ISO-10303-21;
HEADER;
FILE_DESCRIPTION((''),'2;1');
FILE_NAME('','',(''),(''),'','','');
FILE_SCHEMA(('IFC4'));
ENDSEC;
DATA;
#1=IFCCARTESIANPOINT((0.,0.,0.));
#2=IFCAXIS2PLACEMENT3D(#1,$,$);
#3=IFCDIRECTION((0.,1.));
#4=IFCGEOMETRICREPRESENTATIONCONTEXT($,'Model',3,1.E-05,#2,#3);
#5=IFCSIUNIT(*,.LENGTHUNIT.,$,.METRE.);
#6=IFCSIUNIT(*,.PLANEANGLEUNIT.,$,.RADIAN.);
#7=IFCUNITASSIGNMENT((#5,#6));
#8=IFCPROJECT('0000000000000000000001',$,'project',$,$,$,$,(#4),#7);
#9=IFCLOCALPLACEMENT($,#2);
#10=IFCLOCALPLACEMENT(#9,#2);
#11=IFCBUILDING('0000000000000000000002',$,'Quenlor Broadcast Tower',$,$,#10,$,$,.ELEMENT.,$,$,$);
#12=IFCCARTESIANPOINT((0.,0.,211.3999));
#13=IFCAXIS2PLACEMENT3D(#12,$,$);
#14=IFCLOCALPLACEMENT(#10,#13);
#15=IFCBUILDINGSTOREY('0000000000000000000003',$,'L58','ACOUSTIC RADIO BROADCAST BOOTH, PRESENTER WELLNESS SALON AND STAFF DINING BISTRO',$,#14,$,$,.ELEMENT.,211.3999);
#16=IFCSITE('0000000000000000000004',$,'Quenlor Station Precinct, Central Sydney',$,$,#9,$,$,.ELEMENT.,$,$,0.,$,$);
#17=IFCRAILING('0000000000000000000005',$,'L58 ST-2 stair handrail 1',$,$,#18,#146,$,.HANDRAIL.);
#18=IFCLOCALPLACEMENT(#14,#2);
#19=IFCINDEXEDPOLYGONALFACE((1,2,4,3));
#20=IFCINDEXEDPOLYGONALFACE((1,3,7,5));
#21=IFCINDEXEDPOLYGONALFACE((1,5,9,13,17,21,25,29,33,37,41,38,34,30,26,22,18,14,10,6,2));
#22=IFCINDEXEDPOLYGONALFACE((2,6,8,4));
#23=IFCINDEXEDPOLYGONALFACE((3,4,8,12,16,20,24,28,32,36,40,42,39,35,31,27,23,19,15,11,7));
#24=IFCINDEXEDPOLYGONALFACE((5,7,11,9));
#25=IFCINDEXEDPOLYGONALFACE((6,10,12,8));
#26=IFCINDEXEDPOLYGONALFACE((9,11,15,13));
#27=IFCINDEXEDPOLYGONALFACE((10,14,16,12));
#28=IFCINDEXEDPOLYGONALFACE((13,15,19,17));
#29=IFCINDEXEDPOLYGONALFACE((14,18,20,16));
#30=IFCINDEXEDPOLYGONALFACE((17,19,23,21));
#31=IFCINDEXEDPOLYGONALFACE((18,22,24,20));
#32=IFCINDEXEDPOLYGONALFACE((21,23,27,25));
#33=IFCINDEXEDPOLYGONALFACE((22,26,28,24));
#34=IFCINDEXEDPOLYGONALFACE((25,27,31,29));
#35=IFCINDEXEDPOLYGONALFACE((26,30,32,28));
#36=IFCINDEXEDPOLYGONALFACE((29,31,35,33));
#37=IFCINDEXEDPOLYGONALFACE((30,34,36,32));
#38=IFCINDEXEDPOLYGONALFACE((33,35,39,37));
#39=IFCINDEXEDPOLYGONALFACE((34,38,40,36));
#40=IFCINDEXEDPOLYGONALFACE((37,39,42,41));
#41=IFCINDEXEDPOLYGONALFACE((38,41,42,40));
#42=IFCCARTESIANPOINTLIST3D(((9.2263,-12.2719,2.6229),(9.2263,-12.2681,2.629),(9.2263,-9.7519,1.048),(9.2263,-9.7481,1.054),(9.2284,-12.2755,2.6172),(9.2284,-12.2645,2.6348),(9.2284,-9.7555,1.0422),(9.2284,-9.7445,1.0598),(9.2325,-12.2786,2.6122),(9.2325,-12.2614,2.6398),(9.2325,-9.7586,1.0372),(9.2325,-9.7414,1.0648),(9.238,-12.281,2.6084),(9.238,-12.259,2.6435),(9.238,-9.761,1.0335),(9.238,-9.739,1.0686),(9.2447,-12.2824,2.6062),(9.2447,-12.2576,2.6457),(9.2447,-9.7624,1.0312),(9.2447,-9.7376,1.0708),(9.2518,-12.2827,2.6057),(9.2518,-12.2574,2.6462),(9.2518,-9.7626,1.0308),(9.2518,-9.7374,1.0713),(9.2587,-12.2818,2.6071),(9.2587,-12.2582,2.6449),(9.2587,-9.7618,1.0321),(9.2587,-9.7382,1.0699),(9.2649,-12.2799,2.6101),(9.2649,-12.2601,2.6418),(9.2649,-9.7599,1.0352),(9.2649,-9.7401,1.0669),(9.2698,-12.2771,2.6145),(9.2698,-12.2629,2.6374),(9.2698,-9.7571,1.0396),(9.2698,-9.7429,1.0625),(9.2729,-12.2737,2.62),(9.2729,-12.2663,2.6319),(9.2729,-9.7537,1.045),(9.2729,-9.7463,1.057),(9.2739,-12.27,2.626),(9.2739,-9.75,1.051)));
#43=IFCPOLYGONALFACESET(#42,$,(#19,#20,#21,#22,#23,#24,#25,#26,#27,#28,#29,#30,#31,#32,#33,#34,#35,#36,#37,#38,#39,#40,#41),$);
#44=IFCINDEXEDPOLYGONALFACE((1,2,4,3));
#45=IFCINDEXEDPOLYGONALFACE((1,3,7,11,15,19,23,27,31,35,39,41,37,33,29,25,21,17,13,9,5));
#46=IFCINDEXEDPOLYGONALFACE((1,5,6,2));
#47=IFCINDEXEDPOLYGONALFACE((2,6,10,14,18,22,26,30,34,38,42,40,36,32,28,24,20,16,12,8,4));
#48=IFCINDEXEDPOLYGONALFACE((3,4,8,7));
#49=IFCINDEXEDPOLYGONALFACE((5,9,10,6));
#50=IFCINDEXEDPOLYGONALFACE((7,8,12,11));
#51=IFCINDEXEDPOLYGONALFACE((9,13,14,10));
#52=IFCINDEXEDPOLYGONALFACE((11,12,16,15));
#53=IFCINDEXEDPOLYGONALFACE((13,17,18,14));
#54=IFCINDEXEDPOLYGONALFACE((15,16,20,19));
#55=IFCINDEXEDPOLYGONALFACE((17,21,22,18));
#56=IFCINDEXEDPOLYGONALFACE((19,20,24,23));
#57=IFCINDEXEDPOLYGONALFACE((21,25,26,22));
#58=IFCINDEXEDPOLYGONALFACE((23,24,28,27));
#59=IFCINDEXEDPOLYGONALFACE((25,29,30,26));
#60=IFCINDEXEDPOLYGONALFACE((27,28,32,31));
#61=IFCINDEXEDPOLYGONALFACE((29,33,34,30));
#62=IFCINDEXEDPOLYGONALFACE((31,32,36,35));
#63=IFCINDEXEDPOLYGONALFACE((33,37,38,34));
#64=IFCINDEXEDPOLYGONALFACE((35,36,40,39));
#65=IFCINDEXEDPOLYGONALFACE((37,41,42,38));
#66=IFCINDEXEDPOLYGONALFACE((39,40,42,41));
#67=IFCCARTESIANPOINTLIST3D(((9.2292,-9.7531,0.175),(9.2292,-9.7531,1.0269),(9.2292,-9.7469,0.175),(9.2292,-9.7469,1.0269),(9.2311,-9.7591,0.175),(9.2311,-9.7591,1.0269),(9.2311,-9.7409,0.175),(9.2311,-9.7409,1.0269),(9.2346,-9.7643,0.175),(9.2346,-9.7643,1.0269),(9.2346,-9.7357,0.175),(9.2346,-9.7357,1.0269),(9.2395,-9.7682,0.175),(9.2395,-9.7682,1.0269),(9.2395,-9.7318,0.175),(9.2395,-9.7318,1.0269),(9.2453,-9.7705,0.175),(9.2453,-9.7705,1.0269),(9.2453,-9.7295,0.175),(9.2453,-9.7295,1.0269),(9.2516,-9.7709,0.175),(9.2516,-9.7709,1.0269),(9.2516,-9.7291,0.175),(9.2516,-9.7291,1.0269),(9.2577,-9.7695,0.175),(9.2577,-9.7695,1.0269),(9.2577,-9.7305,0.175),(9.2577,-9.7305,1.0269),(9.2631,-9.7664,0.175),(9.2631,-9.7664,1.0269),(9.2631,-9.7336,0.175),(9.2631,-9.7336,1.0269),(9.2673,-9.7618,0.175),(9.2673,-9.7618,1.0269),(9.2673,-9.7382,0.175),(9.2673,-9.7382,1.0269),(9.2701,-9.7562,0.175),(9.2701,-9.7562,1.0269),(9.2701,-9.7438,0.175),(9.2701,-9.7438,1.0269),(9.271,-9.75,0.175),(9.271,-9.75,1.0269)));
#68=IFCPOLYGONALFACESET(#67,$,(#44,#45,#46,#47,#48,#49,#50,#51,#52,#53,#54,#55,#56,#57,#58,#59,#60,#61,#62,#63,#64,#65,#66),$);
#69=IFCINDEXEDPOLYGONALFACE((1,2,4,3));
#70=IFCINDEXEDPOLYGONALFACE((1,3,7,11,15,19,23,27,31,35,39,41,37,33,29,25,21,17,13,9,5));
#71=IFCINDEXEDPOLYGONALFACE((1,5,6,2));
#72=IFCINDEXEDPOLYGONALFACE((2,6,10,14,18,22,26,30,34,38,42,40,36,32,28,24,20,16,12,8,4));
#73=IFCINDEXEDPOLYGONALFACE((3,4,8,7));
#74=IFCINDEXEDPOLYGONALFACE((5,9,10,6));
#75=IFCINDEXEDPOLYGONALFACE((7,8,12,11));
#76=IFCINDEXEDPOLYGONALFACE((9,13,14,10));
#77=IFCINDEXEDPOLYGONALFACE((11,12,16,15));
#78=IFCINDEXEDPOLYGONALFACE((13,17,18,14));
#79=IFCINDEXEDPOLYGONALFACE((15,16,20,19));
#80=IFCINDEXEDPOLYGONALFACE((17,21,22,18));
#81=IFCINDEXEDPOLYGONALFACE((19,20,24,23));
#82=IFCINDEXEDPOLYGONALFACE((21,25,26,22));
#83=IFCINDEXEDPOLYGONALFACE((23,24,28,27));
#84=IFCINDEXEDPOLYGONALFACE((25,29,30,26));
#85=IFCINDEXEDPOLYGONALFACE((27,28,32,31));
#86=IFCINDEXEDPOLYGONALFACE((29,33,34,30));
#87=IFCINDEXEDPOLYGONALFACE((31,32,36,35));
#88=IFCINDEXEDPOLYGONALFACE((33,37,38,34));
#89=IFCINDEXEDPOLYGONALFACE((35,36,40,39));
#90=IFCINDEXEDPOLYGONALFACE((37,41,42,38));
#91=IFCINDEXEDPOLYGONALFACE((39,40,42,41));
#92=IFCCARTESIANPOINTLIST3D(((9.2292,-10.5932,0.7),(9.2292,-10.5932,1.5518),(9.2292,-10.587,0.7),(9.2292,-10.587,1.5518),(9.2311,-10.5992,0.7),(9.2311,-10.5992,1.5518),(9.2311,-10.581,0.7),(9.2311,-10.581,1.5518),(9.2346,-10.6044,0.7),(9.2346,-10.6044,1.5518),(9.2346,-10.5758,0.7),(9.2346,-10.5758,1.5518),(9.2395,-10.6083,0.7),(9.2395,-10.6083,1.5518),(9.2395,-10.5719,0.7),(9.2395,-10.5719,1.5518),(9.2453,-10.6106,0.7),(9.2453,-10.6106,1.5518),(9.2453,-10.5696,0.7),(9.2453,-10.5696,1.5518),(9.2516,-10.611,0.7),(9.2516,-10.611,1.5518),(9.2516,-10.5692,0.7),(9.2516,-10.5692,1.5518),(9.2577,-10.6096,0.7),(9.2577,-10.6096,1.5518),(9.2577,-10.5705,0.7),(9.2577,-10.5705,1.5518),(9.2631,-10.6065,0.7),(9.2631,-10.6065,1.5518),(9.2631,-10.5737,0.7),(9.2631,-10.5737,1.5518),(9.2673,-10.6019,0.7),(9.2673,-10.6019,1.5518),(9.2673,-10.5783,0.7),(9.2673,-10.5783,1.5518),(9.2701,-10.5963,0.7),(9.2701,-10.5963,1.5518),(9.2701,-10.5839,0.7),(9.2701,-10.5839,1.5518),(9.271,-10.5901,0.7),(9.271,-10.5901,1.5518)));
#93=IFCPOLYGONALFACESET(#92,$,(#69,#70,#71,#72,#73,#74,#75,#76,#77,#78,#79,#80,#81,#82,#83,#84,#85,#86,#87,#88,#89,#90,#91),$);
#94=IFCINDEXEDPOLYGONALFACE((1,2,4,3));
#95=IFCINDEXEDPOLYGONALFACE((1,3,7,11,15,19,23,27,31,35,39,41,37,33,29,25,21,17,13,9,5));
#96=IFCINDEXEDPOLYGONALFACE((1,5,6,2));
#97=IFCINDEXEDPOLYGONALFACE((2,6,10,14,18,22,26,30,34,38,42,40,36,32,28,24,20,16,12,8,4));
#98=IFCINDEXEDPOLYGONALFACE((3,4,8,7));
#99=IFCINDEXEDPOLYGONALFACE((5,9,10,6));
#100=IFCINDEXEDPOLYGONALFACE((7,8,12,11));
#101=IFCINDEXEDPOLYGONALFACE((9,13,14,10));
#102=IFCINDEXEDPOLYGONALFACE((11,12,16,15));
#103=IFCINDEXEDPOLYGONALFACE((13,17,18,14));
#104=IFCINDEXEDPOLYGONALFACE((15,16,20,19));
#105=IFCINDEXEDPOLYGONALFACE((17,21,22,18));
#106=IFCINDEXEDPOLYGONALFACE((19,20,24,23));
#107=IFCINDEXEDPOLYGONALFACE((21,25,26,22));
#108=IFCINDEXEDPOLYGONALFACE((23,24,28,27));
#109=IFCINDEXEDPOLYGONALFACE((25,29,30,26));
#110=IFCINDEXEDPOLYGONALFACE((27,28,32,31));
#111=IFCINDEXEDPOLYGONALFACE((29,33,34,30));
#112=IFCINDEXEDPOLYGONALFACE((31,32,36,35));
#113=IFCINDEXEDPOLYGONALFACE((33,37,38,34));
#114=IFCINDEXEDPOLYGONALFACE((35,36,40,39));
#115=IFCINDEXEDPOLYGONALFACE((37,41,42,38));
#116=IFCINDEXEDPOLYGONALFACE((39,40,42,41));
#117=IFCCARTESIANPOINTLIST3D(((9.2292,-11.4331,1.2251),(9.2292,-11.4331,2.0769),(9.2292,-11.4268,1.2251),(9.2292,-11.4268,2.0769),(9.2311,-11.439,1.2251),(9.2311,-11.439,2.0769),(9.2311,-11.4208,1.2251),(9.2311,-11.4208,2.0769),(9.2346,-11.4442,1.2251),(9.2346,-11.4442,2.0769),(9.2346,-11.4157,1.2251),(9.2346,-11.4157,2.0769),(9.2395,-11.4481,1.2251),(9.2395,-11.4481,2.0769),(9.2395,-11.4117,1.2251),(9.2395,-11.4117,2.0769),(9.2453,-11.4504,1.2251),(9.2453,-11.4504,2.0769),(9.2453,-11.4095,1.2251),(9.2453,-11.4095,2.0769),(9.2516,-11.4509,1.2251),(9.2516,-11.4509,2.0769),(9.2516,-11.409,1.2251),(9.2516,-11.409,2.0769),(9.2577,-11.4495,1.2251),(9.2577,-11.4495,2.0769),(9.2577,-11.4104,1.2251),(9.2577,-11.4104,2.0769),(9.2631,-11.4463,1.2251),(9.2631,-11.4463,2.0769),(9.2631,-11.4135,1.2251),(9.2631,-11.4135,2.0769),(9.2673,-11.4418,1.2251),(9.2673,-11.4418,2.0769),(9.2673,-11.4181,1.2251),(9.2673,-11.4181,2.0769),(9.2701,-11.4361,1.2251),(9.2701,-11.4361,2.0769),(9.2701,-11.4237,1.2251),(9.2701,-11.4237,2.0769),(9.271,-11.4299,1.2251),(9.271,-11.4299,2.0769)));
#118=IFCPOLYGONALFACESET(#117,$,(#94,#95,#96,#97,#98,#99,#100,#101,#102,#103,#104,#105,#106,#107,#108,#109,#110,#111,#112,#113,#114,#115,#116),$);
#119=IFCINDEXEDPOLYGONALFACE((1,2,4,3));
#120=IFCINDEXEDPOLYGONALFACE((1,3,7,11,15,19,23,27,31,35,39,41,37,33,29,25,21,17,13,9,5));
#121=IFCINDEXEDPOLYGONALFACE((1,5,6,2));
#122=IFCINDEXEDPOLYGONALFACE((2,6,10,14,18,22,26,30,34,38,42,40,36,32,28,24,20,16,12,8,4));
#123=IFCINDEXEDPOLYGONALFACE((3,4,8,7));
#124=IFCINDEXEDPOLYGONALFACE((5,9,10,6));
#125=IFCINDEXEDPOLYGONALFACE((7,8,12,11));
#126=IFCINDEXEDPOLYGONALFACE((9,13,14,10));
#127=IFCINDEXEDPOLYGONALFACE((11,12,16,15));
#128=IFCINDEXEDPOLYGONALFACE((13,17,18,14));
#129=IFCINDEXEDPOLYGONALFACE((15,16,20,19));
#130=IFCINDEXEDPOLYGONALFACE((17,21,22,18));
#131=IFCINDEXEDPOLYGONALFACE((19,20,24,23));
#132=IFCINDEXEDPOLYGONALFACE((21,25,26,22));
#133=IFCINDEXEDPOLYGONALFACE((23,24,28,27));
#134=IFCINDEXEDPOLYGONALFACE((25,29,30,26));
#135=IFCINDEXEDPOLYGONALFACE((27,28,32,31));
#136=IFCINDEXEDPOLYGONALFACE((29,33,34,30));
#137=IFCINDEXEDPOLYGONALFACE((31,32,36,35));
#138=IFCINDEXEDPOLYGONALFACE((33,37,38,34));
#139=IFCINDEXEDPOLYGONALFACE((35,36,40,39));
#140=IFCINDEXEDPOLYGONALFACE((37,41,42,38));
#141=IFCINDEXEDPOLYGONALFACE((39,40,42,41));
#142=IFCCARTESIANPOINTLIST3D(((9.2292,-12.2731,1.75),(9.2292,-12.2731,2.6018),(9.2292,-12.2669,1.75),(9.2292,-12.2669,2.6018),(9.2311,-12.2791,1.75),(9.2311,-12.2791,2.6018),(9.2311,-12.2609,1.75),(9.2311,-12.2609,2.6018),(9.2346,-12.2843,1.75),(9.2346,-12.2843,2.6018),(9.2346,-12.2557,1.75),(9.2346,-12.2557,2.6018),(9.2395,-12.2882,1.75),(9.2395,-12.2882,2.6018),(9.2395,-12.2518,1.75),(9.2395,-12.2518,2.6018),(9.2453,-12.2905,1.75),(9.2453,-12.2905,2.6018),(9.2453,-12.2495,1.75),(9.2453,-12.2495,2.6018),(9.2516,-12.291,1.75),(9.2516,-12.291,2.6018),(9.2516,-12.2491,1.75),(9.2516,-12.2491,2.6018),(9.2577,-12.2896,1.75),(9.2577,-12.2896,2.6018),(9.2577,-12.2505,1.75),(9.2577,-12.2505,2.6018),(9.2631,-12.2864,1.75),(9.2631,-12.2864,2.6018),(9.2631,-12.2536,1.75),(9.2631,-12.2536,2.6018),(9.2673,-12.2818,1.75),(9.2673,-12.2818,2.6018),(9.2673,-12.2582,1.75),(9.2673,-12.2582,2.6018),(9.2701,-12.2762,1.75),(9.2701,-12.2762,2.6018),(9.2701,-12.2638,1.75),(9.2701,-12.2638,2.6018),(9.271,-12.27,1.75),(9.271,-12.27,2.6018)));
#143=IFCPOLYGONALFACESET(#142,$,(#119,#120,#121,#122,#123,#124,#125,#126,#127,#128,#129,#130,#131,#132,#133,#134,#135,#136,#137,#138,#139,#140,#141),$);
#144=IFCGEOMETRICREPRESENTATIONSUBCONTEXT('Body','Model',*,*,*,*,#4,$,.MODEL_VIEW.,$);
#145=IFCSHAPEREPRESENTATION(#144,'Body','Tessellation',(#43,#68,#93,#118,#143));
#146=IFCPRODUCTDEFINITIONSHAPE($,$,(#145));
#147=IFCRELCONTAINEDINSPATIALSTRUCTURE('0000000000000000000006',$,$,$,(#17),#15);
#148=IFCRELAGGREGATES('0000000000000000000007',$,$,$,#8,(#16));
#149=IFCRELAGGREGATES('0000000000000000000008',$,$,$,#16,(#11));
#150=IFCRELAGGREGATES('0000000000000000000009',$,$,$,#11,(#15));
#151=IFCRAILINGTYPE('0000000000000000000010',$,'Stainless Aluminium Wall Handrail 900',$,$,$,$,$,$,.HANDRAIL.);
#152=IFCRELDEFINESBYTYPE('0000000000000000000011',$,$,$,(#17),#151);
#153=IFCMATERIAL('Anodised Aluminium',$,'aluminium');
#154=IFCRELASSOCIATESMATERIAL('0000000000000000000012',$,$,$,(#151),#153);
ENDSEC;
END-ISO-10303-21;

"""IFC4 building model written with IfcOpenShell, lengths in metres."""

from ifc_helpers import new_model, si_unit, direction, frame, origin, origin_2d, place, context, subcontext, project, spatial, circle, extrude, material, type_object, element, save


model = new_model("IFC4")

# Units and contexts
model_context = context("Model", 3, precision=1e-05, world=origin(), true_north=direction((0.0, 1.0)))
body_context = subcontext(model_context, "Body", "Model", "MODEL_VIEW")
ifc_project = project(units=[si_unit("LENGTHUNIT", "METRE"), si_unit("PLANEANGLEUNIT", "RADIAN")], contexts=[model_context])

# Site, building, storey
site_placement = place(None, origin())
site = spatial("IfcSite", under=ifc_project, at=site_placement, Name="Quenlor Station Precinct, Central Sydney", CompositionType="ELEMENT", RefElevation=0.0)
building_placement = place(site_placement, origin())
building = spatial("IfcBuilding", under=site, at=building_placement, Name="Quenlor Broadcast Tower", CompositionType="ELEMENT")
storey_placement = place(building_placement, frame((0.0, 0.0, 211.3999)))
storey = spatial("IfcBuildingStorey", under=building, at=storey_placement, Name="L58", Description="ACOUSTIC RADIO BROADCAST BOOTH, PRESENTER WELLNESS SALON AND STAFF DINING BISTRO", CompositionType="ELEMENT", Elevation=211.3999)

# Railing
ifc_material_1 = material(Name="Anodised Aluminium", Category="aluminium")
railing_type_1 = type_object("IfcRailingType", Name="Stainless Aluminium Wall Handrail 900", PredefinedType="HANDRAIL", material=ifc_material_1)
railing_1_placement = place(storey_placement, frame((9.25, -9.75, 0.175)))
element("IfcRailing", 1, at=railing_1_placement, inside=storey, type_object=railing_type_1, Name="L58 ST-2 stair handrail 1", PredefinedType="HANDRAIL", context=body_context, shape_type="SweptSolid", body=[
    extrude(circle(Radius=0.0239, at=origin_2d()), frame((0.0, 0.0, 0.876), z_axis=(0.0, -0.848008, 0.529984), x_axis=(1.0, 0.0, 0.0)), (0.0, 0.0, 1.0), 2.9717),
    extrude(circle(Radius=0.021, at=origin_2d()), origin(), (0.0, 0.0, 1.0), 0.8518),
    extrude(circle(Radius=0.021, at=origin_2d()), frame((0.0, -0.8401, 0.5249)), (0.0, 0.0, 1.0), 0.8518),
    extrude(circle(Radius=0.021, at=origin_2d()), frame((0.0, -1.6799, 1.05)), (0.0, 0.0, 1.0), 0.8518),
    extrude(circle(Radius=0.021, at=origin_2d()), frame((0.0, -2.52, 1.575)), (0.0, 0.0, 1.0), 0.8518),
])

save(model, "model.ifc")
